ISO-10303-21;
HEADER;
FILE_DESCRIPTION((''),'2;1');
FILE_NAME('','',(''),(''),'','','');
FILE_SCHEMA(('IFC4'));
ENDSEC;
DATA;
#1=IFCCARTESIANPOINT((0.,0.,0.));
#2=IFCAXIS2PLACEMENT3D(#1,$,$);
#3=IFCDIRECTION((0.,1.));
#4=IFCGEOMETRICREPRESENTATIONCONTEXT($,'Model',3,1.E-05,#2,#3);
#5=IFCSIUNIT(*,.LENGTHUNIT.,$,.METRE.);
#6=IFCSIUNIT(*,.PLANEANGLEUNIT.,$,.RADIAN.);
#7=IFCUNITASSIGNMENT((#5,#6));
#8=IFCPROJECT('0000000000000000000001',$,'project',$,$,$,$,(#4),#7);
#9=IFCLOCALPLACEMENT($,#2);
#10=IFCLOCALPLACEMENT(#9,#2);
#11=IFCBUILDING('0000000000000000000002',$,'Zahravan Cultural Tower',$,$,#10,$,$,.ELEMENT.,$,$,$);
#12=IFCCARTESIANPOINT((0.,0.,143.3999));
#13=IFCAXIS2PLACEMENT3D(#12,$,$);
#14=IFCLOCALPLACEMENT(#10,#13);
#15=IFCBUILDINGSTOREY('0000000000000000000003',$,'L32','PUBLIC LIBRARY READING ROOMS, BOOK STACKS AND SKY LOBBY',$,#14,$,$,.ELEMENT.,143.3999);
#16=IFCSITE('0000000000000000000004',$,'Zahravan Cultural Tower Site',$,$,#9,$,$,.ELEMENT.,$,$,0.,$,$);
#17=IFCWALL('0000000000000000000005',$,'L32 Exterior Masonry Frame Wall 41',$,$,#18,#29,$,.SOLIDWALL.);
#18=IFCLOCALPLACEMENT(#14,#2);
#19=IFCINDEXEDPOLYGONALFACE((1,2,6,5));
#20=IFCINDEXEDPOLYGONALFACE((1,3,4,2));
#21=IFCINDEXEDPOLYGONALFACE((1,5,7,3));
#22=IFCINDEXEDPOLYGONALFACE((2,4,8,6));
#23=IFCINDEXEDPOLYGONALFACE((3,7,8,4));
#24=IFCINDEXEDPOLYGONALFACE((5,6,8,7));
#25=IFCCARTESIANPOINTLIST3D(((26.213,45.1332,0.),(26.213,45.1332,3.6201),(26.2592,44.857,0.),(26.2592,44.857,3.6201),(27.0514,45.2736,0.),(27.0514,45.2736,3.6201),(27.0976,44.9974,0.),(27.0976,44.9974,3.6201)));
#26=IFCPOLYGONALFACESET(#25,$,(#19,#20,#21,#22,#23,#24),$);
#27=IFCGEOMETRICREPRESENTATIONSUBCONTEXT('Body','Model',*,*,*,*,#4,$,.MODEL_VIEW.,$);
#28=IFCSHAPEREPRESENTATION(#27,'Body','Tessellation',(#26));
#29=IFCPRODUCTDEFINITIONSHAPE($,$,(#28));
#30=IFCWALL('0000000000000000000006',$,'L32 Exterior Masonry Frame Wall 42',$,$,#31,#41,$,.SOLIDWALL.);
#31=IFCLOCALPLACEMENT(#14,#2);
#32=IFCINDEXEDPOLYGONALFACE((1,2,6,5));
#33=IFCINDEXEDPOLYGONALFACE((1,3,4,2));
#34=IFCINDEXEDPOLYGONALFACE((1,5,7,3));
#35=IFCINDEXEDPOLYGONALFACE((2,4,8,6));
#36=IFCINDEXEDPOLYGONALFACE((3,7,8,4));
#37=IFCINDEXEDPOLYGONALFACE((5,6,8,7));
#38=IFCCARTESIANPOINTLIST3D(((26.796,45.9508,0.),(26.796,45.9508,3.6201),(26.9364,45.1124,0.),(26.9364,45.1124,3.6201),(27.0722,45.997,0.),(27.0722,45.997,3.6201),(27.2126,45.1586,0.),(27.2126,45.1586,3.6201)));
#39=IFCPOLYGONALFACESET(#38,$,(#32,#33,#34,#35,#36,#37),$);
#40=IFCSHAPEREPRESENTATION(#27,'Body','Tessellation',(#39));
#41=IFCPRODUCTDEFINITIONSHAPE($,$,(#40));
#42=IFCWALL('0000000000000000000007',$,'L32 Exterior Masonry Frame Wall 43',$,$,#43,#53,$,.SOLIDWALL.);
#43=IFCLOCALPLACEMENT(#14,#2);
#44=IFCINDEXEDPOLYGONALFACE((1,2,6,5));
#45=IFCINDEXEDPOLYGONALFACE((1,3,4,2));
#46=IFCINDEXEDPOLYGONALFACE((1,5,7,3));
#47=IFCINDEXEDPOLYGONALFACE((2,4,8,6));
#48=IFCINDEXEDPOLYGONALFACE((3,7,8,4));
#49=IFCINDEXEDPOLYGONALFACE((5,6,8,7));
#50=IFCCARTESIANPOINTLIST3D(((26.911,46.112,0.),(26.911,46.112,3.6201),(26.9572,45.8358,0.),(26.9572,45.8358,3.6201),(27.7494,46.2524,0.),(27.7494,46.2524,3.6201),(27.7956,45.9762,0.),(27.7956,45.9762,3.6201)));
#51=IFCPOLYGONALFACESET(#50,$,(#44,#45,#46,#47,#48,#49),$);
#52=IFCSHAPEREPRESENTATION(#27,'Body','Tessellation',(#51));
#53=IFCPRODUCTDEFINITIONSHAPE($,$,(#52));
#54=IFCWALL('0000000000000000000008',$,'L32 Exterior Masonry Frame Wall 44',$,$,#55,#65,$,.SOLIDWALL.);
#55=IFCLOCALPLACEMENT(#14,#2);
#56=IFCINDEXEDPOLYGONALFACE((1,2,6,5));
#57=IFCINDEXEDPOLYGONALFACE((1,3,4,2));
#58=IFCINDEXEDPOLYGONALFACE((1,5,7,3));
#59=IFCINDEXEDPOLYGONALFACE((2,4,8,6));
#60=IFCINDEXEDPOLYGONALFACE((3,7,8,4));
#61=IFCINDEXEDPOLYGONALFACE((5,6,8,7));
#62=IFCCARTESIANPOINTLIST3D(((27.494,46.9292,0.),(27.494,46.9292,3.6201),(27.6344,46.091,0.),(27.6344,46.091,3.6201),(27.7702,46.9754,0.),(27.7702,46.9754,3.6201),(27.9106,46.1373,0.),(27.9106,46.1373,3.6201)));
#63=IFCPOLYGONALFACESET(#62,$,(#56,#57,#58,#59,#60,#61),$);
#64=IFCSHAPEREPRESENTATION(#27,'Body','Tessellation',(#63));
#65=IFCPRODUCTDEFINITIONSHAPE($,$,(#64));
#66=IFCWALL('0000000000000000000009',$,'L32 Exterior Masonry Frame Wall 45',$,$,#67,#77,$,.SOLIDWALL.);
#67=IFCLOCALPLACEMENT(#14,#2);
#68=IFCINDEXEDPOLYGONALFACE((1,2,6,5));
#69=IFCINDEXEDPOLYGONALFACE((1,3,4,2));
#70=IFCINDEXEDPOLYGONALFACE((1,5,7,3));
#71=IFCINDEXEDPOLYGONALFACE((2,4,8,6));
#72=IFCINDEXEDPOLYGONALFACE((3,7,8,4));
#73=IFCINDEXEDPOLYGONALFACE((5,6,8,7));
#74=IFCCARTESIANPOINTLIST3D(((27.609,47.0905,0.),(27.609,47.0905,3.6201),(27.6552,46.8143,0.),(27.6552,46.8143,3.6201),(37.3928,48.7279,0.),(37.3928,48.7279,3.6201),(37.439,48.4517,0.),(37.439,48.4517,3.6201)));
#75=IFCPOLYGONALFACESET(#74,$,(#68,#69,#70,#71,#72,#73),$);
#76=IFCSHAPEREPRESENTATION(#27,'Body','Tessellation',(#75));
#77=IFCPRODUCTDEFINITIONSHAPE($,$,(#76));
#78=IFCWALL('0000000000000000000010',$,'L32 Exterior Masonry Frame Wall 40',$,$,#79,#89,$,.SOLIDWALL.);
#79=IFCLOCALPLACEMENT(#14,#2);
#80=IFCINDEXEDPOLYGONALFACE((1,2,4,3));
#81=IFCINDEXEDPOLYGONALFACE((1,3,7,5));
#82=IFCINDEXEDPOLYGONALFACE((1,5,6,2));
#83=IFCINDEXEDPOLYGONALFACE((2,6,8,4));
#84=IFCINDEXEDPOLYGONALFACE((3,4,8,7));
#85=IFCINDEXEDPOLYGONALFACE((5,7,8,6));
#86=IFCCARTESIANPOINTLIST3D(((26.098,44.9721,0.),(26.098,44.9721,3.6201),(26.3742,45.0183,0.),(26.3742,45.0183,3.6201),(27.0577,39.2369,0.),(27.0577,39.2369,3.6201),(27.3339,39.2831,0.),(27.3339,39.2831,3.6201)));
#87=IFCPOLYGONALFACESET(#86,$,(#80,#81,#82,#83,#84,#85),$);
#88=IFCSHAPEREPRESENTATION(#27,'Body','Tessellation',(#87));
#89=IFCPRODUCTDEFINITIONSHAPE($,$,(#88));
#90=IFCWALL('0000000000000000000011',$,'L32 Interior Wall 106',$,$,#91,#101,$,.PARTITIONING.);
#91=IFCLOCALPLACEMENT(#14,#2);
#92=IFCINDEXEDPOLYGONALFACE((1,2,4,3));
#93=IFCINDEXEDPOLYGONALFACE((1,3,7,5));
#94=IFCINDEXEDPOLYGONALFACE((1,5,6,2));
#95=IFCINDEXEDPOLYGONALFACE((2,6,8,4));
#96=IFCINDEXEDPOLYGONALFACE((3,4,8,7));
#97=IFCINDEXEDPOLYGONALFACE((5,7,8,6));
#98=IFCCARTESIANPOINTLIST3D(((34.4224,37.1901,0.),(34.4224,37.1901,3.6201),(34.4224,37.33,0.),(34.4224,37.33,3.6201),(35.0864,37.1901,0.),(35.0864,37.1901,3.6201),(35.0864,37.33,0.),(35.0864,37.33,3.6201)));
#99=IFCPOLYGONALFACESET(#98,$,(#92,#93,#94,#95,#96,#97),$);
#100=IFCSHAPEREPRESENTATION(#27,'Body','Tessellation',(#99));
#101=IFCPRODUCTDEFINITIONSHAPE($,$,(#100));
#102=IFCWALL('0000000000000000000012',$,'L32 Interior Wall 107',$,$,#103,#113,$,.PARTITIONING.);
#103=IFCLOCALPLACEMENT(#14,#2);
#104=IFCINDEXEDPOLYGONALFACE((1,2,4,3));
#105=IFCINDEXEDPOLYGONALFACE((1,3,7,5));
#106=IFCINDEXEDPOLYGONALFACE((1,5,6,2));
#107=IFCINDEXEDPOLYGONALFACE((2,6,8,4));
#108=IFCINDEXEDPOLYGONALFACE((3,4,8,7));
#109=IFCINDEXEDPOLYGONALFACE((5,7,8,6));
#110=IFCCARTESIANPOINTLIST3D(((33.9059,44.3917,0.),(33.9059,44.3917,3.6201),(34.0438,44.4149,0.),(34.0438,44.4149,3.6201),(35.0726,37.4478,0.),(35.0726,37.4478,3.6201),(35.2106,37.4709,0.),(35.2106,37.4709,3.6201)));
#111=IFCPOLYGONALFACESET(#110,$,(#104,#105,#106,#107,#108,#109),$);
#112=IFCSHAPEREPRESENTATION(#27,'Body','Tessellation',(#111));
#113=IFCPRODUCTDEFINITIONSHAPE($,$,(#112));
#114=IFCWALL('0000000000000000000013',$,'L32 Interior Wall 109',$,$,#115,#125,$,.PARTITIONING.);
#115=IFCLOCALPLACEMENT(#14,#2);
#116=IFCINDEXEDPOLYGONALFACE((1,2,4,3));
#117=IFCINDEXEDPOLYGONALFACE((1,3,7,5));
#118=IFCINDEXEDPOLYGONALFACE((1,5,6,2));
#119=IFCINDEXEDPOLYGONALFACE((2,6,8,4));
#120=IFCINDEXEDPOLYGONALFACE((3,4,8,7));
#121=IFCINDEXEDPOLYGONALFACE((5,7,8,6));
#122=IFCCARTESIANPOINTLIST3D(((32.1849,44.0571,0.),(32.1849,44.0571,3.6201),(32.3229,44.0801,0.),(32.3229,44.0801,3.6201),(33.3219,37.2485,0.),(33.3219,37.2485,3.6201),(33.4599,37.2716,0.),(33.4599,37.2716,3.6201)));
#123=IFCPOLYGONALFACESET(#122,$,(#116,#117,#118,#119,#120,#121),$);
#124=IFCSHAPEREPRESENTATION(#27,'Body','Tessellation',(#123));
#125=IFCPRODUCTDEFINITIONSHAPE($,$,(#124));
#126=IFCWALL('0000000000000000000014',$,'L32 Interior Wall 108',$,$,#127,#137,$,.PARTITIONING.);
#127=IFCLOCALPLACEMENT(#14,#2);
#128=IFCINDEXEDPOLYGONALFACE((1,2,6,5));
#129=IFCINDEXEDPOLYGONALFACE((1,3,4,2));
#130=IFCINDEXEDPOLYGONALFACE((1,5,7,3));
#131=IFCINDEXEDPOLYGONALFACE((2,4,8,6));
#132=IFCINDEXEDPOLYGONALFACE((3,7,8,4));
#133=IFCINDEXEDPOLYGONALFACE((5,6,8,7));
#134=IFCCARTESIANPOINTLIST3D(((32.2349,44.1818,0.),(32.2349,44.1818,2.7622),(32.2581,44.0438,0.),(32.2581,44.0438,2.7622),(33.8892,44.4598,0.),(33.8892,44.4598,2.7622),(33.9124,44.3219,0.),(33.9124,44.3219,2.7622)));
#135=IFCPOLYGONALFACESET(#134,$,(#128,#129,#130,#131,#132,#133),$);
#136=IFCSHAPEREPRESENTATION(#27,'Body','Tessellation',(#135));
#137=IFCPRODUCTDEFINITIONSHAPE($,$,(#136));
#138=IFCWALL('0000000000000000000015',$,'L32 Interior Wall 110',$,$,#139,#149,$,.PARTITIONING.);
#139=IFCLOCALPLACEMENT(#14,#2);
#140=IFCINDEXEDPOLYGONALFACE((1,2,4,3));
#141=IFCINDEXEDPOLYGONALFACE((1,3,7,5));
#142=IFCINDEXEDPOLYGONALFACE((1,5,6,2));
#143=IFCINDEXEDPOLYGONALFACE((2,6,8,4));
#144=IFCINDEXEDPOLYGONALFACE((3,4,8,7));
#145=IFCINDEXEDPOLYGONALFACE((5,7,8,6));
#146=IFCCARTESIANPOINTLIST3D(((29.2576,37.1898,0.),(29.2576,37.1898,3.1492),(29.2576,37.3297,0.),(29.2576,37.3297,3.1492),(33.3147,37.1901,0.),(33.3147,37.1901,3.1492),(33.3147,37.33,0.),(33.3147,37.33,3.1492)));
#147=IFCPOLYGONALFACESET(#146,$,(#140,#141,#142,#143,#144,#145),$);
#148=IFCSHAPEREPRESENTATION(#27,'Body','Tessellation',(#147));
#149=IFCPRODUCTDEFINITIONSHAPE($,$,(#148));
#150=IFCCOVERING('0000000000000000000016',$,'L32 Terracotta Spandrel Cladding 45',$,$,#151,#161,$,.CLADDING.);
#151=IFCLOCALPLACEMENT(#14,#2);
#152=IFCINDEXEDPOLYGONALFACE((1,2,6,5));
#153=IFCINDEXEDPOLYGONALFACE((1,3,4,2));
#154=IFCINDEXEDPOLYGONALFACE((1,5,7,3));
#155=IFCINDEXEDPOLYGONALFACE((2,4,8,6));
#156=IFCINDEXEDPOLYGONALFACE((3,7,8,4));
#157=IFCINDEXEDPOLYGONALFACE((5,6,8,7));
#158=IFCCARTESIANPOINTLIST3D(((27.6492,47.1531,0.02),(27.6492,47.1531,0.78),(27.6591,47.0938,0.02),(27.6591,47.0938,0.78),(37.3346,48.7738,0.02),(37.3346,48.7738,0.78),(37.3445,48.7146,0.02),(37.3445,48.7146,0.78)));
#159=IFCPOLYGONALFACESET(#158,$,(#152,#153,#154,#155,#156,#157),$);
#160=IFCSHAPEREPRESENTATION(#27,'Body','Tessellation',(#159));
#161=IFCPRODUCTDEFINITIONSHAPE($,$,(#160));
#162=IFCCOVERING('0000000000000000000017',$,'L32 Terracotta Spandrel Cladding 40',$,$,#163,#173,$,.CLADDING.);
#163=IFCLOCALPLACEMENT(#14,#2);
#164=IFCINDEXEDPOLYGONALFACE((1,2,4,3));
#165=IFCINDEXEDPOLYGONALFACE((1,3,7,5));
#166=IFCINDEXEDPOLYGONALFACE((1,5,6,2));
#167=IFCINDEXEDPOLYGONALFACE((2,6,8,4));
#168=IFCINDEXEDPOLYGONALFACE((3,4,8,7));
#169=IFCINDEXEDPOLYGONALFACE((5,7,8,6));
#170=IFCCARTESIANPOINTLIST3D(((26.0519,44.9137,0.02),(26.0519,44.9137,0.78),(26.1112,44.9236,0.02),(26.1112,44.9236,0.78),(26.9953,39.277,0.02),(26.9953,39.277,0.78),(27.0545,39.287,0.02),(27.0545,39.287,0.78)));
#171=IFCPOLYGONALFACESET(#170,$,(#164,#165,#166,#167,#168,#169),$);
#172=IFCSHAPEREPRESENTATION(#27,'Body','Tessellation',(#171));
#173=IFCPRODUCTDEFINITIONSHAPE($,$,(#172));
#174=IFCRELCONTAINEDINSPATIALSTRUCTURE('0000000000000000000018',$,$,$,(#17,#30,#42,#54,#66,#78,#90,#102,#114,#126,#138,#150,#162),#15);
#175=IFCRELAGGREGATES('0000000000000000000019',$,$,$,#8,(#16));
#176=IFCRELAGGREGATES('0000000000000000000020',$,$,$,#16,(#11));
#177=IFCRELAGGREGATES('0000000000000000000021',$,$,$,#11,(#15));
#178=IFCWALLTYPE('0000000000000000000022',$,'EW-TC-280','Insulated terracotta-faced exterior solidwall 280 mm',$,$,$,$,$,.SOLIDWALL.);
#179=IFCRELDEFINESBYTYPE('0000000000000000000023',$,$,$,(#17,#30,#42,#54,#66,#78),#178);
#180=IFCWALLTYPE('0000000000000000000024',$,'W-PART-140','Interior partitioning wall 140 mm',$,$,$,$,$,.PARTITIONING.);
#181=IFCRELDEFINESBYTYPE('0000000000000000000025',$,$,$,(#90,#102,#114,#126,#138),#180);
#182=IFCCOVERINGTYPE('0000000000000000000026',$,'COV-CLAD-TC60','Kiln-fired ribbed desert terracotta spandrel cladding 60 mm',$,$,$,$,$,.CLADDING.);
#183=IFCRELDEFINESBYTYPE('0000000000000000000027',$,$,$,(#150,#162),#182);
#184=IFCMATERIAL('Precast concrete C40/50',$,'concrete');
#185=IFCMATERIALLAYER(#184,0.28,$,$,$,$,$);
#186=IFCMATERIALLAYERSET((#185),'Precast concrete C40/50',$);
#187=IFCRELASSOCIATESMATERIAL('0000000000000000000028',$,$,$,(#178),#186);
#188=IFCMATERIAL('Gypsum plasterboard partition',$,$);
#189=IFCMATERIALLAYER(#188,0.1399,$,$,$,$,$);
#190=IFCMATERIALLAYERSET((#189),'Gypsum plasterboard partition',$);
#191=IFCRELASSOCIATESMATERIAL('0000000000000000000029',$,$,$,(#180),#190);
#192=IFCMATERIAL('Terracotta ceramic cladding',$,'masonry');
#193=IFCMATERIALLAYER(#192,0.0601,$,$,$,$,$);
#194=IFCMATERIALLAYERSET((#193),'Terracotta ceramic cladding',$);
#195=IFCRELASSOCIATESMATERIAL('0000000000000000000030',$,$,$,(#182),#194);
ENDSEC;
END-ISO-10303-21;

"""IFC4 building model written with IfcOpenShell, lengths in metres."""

from ifc_helpers import new_model, si_unit, direction, frame, frame_2d, origin, origin_2d, place, context, subcontext, project, spatial, rectangle, extrude, source, transform, mapped, material, layer, layer_set, type_object, element, save


model = new_model("IFC4")

# Units and contexts
model_context = context("Model", 3, precision=1e-05, world=origin(), true_north=direction((0.0, 1.0)))
body_context = subcontext(model_context, "Body", "Model", "MODEL_VIEW")
ifc_project = project(units=[si_unit("LENGTHUNIT", "METRE"), si_unit("PLANEANGLEUNIT", "RADIAN")], contexts=[model_context])

# Site, building, storey
site_placement = place(None, origin())
site = spatial("IfcSite", under=ifc_project, at=site_placement, Name="Zahravan Cultural Tower Site", CompositionType="ELEMENT", RefElevation=0.0)
building_placement = place(site_placement, origin())
building = spatial("IfcBuilding", under=site, at=building_placement, Name="Zahravan Cultural Tower", CompositionType="ELEMENT")
storey_placement = place(building_placement, frame((0.0, 0.0, 143.3999)))
storey = spatial("IfcBuildingStorey", under=building, at=storey_placement, Name="L32", Description="PUBLIC LIBRARY READING ROOMS, BOOK STACKS AND SKY LOBBY", CompositionType="ELEMENT", Elevation=143.3999)

# Walls
ifc_material_1 = material(Name="Precast concrete C40/50", Category="concrete")
ifc_layer_1 = layer(ifc_material_1, 0.28)
ifc_layer_set_1 = layer_set([ifc_layer_1], Name="Precast concrete C40/50")
wall_type_1 = type_object("IfcWallType", Name="EW-TC-280", Description="Insulated terracotta-faced exterior solidwall 280 mm", PredefinedType="SOLIDWALL", material=ifc_layer_set_1)
shared_shape_1 = source(origin(), body_context, "Body", "SweptSolid", [
    extrude(rectangle(XDim=0.8501, YDim=0.28, at=frame_2d((0.425, 0.0))), origin(), (0.0, 0.0, 1.0), 3.6201),
])
for number, where, z_axis, x_axis, name in (
    (1, (26.2361, 44.9951, 0.0), (0.0, 0.0, 1.0), (0.986269, 0.165144, 0.0), "L32 Exterior Masonry Frame Wall 41"),
    (2, (27.0745, 45.1355, 0.0), (0.0, 0.0, 1.0), (-0.165144, 0.986269, 0.0), "L32 Exterior Masonry Frame Wall 42"),
    (3, (26.9341, 45.9739, 0.0), (0.0, 0.0, 1.0), (0.986269, 0.165144, 0.0), "L32 Exterior Masonry Frame Wall 43"),
):
    element("IfcWall", number, at=place(storey_placement, frame(where, z_axis=z_axis, x_axis=x_axis)), inside=storey, type_object=wall_type_1, Name=name, PredefinedType="SOLIDWALL", context=body_context, shape_type="MappedRepresentation", body=[
        mapped(shared_shape_1, transform((0.0, 0.0, 0.0), x_axis=(1.0, 0.0, 0.0), y_axis=(0.0, 1.0, 0.0), z_axis=(0.0, 0.0, 1.0), scale=1.0)),
    ])
shared_shape_2 = source(origin(), body_context, "Body", "SweptSolid", [
    extrude(rectangle(XDim=0.8499, YDim=0.28, at=frame_2d((0.4248, 0.0))), origin(), (0.0, 0.0, 1.0), 3.6201),
])
wall_1_placement = place(storey_placement, frame((27.7725, 46.1143, 0.0), z_axis=(0.0, 0.0, 1.0), x_axis=(-0.165191, 0.986262, 0.0)))
element("IfcWall", 4, at=wall_1_placement, inside=storey, type_object=wall_type_1, Name="L32 Exterior Masonry Frame Wall 44", PredefinedType="SOLIDWALL", context=body_context, shape_type="MappedRepresentation", body=[
    mapped(shared_shape_2, transform((0.0, 0.0, 0.0), x_axis=(1.0, 0.0, 0.0), y_axis=(0.0, 1.0, 0.0), z_axis=(0.0, 0.0, 1.0), scale=1.0)),
])
shared_shape_3 = source(origin(), body_context, "Body", "SweptSolid", [
    extrude(rectangle(XDim=9.9199, YDim=0.28, at=frame_2d((4.96, 0.0))), origin(), (0.0, 0.0, 1.0), 3.6201),
])
wall_2_placement = place(storey_placement, frame((27.6321, 46.9524, 0.0), z_axis=(0.0, 0.0, 1.0), x_axis=(0.986283, 0.165065, 0.0)))
element("IfcWall", 5, at=wall_2_placement, inside=storey, type_object=wall_type_1, Name="L32 Exterior Masonry Frame Wall 45", PredefinedType="SOLIDWALL", context=body_context, shape_type="MappedRepresentation", body=[
    mapped(shared_shape_3, transform((0.0, 0.0, 0.0), x_axis=(1.0, 0.0, 0.0), y_axis=(0.0, 1.0, 0.0), z_axis=(0.0, 0.0, 1.0), scale=1.0)),
])
shared_shape_4 = source(origin(), body_context, "Body", "SweptSolid", [
    extrude(rectangle(XDim=5.8149, YDim=0.28, at=frame_2d((2.9075, 0.0))), origin(), (0.0, 0.0, 1.0), 3.6201),
])
wall_3_placement = place(storey_placement, frame((27.1958, 39.26, 0.0), z_axis=(0.0, 0.0, 1.0), x_axis=(-0.165046, 0.986286, 0.0)))
element("IfcWall", 6, at=wall_3_placement, inside=storey, type_object=wall_type_1, Name="L32 Exterior Masonry Frame Wall 40", PredefinedType="SOLIDWALL", context=body_context, shape_type="MappedRepresentation", body=[
    mapped(shared_shape_4, transform((0.0, 0.0, 0.0), x_axis=(1.0, 0.0, 0.0), y_axis=(0.0, 1.0, 0.0), z_axis=(0.0, 0.0, 1.0), scale=1.0)),
])
ifc_material_2 = material(Name="Gypsum plasterboard partition")
ifc_layer_2 = layer(ifc_material_2, 0.1399)
ifc_layer_set_2 = layer_set([ifc_layer_2], Name="Gypsum plasterboard partition")
wall_type_2 = type_object("IfcWallType", Name="W-PART-140", Description="Interior partitioning wall 140 mm", PredefinedType="PARTITIONING", material=ifc_layer_set_2)
shared_shape_5 = source(origin(), body_context, "Body", "SweptSolid", [
    extrude(rectangle(XDim=0.6641, YDim=0.1399, at=frame_2d((0.332, 0.0))), origin(), (0.0, 0.0, 1.0), 3.6201),
])
wall_4_placement = place(storey_placement, frame((35.0864, 37.26, 0.0), z_axis=(0.0, 0.0, 1.0), x_axis=(-1.0, 0.0, 0.0)))
element("IfcWall", 7, at=wall_4_placement, inside=storey, type_object=wall_type_2, Name="L32 Interior Wall 106", PredefinedType="PARTITIONING", context=body_context, shape_type="MappedRepresentation", body=[
    mapped(shared_shape_5, transform((0.0, 0.0, 0.0), x_axis=(1.0, 0.0, 0.0), y_axis=(0.0, 1.0, 0.0), z_axis=(0.0, 0.0, 1.0), scale=1.0)),
])
shared_shape_6 = source(origin(), body_context, "Body", "SweptSolid", [
    extrude(rectangle(XDim=7.0413, YDim=0.1399, at=frame_2d((3.5205, 0.0))), origin(), (0.0, 0.0, 1.0), 3.6201),
])
wall_5_placement = place(storey_placement, frame((35.1416, 37.4595, 0.0), z_axis=(0.0, 0.0, 1.0), x_axis=(-0.165703, 0.986176, 0.0)))
element("IfcWall", 8, at=wall_5_placement, inside=storey, type_object=wall_type_2, Name="L32 Interior Wall 107", PredefinedType="PARTITIONING", context=body_context, shape_type="MappedRepresentation", body=[
    mapped(shared_shape_6, transform((0.0, 0.0, 0.0), x_axis=(1.0, 0.0, 0.0), y_axis=(0.0, 1.0, 0.0), z_axis=(0.0, 0.0, 1.0), scale=1.0)),
])
shared_shape_7 = source(origin(), body_context, "Body", "SweptSolid", [
    extrude(rectangle(XDim=6.9028, YDim=0.1399, at=frame_2d((3.4514, 0.0))), origin(), (0.0, 0.0, 1.0), 3.6201),
])
wall_6_placement = place(storey_placement, frame((32.2539, 44.0686, 0.0), z_axis=(0.0, 0.0, 1.0), x_axis=(0.164709, -0.986342, 0.0)))
element("IfcWall", 9, at=wall_6_placement, inside=storey, type_object=wall_type_2, Name="L32 Interior Wall 109", PredefinedType="PARTITIONING", context=body_context, shape_type="MappedRepresentation", body=[
    mapped(shared_shape_7, transform((0.0, 0.0, 0.0), x_axis=(1.0, 0.0, 0.0), y_axis=(0.0, 1.0, 0.0), z_axis=(0.0, 0.0, 1.0), scale=1.0)),
])
shared_shape_8 = source(origin(), body_context, "Body", "SweptSolid", [
    extrude(rectangle(XDim=1.6775, YDim=0.1399, at=frame_2d((0.8389, 0.0))), origin(), (0.0, 0.0, 1.0), 2.7622),
])
wall_7_placement = place(storey_placement, frame((33.9009, 44.3909, 0.0), z_axis=(0.0, 0.0, 1.0), x_axis=(-0.986165, -0.165768, 0.0)))
element("IfcWall", 10, at=wall_7_placement, inside=storey, type_object=wall_type_2, Name="L32 Interior Wall 108", PredefinedType="PARTITIONING", context=body_context, shape_type="MappedRepresentation", body=[
    mapped(shared_shape_8, transform((0.0, 0.0, 0.0), x_axis=(1.0, 0.0, 0.0), y_axis=(0.0, 1.0, 0.0), z_axis=(0.0, 0.0, 1.0), scale=1.0)),
])
shared_shape_9 = source(origin(), body_context, "Body", "SweptSolid", [
    extrude(rectangle(XDim=4.0571, YDim=0.1399, at=frame_2d((2.0286, 0.0))), origin(), (0.0, 0.0, 1.0), 3.1492),
])
wall_8_placement = place(storey_placement, frame((33.3147, 37.26, 0.0), z_axis=(0.0, 0.0, 1.0), x_axis=(-1.0, -0.00006, 0.0)))
element("IfcWall", 11, at=wall_8_placement, inside=storey, type_object=wall_type_2, Name="L32 Interior Wall 110", PredefinedType="PARTITIONING", context=body_context, shape_type="MappedRepresentation", body=[
    mapped(shared_shape_9, transform((0.0, 0.0, 0.0), x_axis=(1.0, 0.0, 0.0), y_axis=(0.0, 1.0, 0.0), z_axis=(0.0, 0.0, 1.0), scale=1.0)),
])

# Coverings
ifc_material_3 = material(Name="Terracotta ceramic cladding", Category="masonry")
ifc_layer_3 = layer(ifc_material_3, 0.0601)
ifc_layer_set_3 = layer_set([ifc_layer_3], Name="Terracotta ceramic cladding")
covering_type = type_object("IfcCoveringType", Name="COV-CLAD-TC60", Description="Kiln-fired ribbed desert terracotta spandrel cladding 60 mm", PredefinedType="CLADDING", material=ifc_layer_set_3)
shared_shape_10 = source(origin(), body_context, "Body", "SweptSolid", [
    extrude(rectangle(XDim=9.8201, YDim=0.0601, at=origin_2d()), origin(), (0.0, 0.0, 1.0), 0.76),
])
covering_1_placement = place(storey_placement, frame((32.4968, 47.9338, 0.02), z_axis=(0.0, 0.0, 1.0), x_axis=(0.986286, 0.165048, 0.0)))
element("IfcCovering", 12, at=covering_1_placement, inside=storey, type_object=covering_type, Name="L32 Terracotta Spandrel Cladding 45", PredefinedType="CLADDING", context=body_context, shape_type="MappedRepresentation", body=[
    mapped(shared_shape_10, transform((0.0, 0.0, 0.0), x_axis=(1.0, 0.0, 0.0), y_axis=(0.0, 1.0, 0.0), z_axis=(0.0, 0.0, 1.0), scale=1.0)),
])
shared_shape_11 = source(origin(), body_context, "Body", "SweptSolid", [
    extrude(rectangle(XDim=5.7151, YDim=0.0601, at=origin_2d()), origin(), (0.0, 0.0, 1.0), 0.76),
])
covering_2_placement = place(storey_placement, frame((26.5532, 42.1003, 0.02), z_axis=(0.0, 0.0, 1.0), x_axis=(-0.165065, 0.986283, 0.0)))
element("IfcCovering", 13, at=covering_2_placement, inside=storey, type_object=covering_type, Name="L32 Terracotta Spandrel Cladding 40", PredefinedType="CLADDING", context=body_context, shape_type="MappedRepresentation", body=[
    mapped(shared_shape_11, transform((0.0, 0.0, 0.0), x_axis=(1.0, 0.0, 0.0), y_axis=(0.0, 1.0, 0.0), z_axis=(0.0, 0.0, 1.0), scale=1.0)),
])

save(model, "model.ifc")
